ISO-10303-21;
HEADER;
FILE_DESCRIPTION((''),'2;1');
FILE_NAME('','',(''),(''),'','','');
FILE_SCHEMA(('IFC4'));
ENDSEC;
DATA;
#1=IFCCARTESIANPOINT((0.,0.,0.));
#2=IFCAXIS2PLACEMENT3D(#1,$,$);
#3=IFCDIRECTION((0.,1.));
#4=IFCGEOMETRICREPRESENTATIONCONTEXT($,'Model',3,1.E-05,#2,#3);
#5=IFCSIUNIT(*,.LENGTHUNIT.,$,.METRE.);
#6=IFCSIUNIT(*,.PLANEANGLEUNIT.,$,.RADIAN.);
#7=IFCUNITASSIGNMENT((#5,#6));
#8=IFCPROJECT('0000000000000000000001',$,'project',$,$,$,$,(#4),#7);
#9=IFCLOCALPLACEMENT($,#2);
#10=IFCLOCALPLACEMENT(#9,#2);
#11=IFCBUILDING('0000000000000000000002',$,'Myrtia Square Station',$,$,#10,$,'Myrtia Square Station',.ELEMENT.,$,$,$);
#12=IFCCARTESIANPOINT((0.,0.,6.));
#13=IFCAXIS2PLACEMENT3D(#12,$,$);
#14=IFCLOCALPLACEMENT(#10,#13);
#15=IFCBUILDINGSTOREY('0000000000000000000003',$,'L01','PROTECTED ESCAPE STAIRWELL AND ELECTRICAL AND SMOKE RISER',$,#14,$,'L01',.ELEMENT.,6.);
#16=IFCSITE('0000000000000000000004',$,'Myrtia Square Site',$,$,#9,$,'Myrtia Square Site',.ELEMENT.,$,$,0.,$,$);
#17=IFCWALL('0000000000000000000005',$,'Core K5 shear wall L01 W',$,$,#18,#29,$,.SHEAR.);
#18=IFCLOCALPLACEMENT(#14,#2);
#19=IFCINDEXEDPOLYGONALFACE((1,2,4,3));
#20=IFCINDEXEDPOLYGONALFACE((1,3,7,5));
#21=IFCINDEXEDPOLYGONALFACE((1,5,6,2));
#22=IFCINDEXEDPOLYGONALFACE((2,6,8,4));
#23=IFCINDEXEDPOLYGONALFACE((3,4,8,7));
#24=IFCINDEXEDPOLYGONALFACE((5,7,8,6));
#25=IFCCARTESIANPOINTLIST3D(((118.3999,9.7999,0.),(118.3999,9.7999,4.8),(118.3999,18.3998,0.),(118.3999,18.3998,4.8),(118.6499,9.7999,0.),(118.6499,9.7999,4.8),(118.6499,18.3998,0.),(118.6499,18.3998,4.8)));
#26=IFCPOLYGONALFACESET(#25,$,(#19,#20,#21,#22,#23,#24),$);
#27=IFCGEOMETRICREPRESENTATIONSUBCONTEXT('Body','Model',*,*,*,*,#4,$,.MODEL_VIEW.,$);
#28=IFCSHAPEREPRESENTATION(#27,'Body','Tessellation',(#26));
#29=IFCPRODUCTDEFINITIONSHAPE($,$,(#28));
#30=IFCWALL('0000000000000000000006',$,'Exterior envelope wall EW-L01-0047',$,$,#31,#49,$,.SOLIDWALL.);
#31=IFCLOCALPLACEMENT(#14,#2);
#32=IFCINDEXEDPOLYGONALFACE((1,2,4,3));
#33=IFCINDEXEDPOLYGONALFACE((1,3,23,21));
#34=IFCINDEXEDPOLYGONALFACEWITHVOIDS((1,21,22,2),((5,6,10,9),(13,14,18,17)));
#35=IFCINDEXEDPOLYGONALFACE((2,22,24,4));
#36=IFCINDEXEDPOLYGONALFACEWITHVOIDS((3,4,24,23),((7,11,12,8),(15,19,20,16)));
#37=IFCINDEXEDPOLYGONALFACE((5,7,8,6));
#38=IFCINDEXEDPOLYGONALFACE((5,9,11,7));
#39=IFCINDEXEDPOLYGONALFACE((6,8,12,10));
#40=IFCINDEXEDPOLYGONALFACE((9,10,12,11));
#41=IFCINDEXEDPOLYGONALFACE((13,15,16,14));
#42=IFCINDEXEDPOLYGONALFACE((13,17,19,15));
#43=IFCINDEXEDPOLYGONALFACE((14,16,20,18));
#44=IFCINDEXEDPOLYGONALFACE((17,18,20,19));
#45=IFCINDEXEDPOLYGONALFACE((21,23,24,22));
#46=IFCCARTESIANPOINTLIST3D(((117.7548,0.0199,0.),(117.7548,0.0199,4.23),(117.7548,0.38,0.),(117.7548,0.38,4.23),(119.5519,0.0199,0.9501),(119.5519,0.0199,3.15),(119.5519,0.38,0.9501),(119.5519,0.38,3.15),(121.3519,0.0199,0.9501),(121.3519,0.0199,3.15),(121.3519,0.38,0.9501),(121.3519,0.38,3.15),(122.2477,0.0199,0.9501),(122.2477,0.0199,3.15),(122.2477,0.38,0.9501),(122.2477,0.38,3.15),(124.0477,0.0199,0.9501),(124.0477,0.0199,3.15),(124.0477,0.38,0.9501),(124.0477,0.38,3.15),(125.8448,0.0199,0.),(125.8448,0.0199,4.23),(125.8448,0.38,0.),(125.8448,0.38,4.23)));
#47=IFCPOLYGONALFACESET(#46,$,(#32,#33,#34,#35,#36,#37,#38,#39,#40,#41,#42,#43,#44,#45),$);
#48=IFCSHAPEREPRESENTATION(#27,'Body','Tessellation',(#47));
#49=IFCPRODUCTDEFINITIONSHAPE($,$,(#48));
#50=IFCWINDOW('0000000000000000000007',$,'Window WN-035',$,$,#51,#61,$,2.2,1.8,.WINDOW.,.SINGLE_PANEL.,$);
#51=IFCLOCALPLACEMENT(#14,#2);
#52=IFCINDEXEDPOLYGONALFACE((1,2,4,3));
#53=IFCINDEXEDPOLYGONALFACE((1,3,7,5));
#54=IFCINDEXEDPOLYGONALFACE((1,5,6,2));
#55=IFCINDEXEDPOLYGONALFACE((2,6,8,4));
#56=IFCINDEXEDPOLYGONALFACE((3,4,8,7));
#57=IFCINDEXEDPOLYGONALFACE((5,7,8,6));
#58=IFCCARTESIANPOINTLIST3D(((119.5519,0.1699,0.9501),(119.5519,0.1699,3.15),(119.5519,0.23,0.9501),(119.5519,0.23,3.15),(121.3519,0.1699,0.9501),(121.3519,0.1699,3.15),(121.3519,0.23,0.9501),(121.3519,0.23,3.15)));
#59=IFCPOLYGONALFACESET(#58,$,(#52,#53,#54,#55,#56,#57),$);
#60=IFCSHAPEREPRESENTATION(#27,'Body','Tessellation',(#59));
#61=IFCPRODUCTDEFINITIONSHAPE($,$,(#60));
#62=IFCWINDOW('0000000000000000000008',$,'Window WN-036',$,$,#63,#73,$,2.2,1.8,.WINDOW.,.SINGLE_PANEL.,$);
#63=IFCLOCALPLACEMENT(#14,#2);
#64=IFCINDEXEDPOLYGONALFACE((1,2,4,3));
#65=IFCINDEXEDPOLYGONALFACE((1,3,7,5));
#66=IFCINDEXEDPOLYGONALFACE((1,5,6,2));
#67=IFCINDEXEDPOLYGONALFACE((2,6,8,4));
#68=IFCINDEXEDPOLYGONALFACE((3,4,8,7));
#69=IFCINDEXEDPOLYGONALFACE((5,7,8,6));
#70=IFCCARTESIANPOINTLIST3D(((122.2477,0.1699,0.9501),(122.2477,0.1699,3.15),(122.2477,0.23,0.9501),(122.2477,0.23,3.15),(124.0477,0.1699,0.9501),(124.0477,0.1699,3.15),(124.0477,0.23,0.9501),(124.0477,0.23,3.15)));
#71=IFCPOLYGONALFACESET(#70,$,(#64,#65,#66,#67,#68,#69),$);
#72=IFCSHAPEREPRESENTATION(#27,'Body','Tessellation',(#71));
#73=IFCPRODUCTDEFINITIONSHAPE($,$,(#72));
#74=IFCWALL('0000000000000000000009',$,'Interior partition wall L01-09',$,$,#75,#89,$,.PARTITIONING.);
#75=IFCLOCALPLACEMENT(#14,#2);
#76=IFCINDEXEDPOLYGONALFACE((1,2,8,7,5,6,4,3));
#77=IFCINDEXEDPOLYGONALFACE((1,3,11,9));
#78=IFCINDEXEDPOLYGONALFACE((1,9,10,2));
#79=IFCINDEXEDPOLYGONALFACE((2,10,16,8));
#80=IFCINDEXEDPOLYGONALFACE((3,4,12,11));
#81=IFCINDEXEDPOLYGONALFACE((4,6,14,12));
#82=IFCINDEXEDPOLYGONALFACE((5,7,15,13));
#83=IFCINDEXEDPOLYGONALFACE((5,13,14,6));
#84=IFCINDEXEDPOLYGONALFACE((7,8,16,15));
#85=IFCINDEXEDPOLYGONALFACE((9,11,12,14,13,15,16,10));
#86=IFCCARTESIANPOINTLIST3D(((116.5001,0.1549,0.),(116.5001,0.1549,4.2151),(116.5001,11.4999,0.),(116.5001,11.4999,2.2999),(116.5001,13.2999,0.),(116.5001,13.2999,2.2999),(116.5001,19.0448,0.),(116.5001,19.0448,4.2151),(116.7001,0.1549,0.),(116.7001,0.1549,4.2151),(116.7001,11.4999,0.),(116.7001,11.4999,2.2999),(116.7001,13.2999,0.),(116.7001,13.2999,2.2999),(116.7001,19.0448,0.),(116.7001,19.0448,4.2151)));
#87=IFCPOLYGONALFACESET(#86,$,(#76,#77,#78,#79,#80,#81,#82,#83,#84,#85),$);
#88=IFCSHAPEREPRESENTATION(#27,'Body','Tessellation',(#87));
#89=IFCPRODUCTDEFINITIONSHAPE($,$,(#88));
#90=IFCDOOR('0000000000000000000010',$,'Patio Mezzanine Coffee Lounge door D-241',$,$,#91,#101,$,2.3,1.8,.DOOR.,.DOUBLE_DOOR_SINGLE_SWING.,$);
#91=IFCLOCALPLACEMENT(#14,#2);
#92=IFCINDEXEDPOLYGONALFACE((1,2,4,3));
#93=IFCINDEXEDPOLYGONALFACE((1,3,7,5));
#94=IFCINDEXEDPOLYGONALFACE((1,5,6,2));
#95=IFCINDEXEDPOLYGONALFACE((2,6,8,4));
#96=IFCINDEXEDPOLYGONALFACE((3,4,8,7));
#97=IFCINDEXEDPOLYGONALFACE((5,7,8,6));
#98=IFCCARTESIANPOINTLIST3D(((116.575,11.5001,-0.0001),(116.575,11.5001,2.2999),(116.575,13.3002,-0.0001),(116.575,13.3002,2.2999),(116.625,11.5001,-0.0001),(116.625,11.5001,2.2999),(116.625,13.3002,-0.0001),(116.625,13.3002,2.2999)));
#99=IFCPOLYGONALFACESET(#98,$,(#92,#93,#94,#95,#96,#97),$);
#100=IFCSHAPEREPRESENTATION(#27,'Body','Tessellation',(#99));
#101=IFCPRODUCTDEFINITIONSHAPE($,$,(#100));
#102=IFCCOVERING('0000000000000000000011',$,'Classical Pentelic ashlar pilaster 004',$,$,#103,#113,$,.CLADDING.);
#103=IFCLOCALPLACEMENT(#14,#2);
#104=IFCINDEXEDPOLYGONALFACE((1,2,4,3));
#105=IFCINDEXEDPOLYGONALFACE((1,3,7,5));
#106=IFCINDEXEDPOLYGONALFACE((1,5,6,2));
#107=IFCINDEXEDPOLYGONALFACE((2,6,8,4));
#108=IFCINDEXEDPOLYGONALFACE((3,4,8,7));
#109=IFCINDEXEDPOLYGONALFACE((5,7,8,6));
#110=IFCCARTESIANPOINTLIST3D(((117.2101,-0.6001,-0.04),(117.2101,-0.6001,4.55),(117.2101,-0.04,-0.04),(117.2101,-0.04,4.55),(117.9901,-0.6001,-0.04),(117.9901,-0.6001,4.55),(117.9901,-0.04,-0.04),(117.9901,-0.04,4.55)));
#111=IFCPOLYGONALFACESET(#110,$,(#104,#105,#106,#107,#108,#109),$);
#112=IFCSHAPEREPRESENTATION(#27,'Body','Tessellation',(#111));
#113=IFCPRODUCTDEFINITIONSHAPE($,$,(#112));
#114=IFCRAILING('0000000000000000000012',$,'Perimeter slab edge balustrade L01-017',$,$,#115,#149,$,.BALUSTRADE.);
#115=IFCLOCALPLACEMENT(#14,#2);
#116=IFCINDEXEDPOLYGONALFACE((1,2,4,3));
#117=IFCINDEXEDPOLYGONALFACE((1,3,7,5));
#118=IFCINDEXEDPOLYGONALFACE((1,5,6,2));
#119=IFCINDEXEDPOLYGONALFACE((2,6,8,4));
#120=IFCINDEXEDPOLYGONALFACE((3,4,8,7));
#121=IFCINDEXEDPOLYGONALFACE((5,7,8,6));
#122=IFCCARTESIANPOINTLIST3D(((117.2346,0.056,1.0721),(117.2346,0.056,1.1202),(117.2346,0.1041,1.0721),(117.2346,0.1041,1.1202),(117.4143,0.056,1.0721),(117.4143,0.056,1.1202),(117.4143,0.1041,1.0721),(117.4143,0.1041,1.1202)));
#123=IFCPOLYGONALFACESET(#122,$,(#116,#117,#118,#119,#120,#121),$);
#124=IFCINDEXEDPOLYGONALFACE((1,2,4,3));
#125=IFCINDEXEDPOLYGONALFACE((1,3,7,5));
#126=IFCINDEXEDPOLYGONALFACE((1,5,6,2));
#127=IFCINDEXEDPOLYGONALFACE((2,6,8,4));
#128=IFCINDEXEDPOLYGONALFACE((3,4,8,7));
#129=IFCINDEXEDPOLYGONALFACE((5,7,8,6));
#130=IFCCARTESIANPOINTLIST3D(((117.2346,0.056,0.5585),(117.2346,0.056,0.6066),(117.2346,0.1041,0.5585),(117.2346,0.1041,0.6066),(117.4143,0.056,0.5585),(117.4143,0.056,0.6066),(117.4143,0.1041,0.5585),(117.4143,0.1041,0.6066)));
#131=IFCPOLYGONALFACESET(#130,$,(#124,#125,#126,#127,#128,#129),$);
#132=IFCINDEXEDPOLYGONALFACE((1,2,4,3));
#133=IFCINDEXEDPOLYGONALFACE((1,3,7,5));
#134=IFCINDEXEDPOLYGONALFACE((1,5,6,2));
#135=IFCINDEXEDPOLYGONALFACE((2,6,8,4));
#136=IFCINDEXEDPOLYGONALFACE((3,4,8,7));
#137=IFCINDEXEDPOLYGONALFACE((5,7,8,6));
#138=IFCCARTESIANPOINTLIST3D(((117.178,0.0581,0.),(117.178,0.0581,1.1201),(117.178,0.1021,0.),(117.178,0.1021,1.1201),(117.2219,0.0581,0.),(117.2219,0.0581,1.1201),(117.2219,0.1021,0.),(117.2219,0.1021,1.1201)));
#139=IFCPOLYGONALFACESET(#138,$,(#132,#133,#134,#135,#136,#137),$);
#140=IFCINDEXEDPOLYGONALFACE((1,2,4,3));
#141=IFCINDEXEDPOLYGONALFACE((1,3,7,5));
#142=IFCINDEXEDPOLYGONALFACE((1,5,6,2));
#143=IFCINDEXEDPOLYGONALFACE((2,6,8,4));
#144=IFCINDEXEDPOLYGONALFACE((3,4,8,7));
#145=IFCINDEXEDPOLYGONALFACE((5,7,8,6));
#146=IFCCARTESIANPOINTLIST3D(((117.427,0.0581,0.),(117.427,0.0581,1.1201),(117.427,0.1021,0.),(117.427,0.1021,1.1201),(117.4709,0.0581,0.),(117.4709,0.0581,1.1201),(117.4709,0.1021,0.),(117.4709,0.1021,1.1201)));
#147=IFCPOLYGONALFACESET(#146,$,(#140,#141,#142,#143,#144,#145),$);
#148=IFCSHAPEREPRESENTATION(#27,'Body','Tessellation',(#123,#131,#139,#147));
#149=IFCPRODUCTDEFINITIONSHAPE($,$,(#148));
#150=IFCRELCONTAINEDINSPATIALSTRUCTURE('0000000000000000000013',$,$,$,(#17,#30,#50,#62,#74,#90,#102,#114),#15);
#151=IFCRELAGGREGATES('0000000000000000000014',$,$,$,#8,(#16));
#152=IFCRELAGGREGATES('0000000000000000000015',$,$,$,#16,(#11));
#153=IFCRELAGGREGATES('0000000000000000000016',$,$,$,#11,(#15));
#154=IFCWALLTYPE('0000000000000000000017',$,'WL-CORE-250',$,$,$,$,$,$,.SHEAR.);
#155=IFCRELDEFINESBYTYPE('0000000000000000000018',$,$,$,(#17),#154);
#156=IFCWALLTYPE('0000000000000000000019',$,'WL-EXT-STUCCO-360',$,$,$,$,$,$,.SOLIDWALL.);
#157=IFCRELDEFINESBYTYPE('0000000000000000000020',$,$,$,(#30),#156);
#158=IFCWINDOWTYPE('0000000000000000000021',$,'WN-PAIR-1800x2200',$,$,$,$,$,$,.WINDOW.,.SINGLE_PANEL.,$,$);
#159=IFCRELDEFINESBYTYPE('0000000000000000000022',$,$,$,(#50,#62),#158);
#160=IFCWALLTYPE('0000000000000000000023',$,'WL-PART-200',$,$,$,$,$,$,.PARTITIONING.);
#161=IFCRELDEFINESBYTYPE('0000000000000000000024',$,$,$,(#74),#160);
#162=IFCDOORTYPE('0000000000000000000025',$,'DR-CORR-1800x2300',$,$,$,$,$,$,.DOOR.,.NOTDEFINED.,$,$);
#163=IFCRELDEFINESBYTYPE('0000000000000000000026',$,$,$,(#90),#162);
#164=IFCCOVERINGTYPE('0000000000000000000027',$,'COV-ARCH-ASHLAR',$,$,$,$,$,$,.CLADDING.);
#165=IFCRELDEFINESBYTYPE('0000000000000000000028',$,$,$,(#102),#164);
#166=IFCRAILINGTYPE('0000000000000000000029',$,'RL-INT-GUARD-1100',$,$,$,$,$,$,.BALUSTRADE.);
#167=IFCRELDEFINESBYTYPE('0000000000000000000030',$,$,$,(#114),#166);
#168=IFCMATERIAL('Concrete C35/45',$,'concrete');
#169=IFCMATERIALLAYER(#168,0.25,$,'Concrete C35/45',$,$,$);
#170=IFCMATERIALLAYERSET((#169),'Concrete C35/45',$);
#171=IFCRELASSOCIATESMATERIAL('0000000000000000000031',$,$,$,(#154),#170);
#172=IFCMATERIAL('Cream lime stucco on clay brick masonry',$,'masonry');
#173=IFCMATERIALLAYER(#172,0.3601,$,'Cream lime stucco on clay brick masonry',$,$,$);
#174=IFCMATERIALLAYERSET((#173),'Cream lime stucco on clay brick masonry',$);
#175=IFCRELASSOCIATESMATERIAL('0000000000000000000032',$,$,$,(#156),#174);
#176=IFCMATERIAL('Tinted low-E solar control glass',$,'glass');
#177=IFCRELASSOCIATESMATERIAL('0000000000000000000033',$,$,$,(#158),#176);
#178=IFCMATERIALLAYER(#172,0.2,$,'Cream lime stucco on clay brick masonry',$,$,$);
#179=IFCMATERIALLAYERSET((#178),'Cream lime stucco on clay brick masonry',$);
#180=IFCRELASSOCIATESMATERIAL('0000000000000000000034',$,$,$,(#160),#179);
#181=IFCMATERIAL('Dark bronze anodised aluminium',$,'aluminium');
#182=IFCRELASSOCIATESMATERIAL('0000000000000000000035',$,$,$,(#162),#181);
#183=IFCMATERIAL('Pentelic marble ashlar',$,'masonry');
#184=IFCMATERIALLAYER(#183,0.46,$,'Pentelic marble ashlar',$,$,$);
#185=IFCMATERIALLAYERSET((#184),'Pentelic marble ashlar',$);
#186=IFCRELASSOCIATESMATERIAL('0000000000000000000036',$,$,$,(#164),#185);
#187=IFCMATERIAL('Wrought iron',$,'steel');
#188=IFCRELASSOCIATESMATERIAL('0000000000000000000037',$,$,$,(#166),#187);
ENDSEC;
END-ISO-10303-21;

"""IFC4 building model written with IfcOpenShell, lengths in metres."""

from ifc_helpers import new_model, si_unit, direction, frame, frame_2d, origin, origin_2d, place, context, subcontext, project, spatial, rectangle, extrude, material, layer, layer_set, type_object, element, fill, save


model = new_model("IFC4")

# Units and contexts
model_context = context("Model", 3, precision=1e-05, world=origin(), true_north=direction((0.0, 1.0)))
body_context = subcontext(model_context, "Body", "Model", "MODEL_VIEW")
ifc_project = project(units=[si_unit("LENGTHUNIT", "METRE"), si_unit("PLANEANGLEUNIT", "RADIAN")], contexts=[model_context])

# Site, building, storey
site_placement = place(None, origin())
site = spatial("IfcSite", under=ifc_project, at=site_placement, Name="Myrtia Square Site", LongName="Myrtia Square Site", CompositionType="ELEMENT", RefElevation=0.0)
building_placement = place(site_placement, origin())
building = spatial("IfcBuilding", under=site, at=building_placement, Name="Myrtia Square Station", LongName="Myrtia Square Station", CompositionType="ELEMENT")
storey_placement = place(building_placement, frame((0.0, 0.0, 6.0)))
storey = spatial("IfcBuildingStorey", under=building, at=storey_placement, Name="L01", Description="PROTECTED ESCAPE STAIRWELL AND ELECTRICAL AND SMOKE RISER", LongName="L01", CompositionType="ELEMENT", Elevation=6.0)

# Shared definitions
ifc_material_1 = material(Name="Concrete C35/45", Category="concrete")

# Wall
ifc_layer_1 = layer(ifc_material_1, 0.25, Name="Concrete C35/45")
ifc_layer_set_1 = layer_set([ifc_layer_1], Name="Concrete C35/45")
wall_type_1 = type_object("IfcWallType", Name="WL-CORE-250", PredefinedType="SHEAR", material=ifc_layer_set_1)
wall_1_placement = place(storey_placement, frame((118.5249, 9.8, 0.0), z_axis=(0.0, 0.0, 1.0), x_axis=(0.0, 1.0, 0.0)))
element("IfcWall", 1, at=wall_1_placement, inside=storey, type_object=wall_type_1, Name="Core K5 shear wall L01 W", PredefinedType="SHEAR", context=body_context, shape_type="SweptSolid", body=[
    extrude(rectangle(XDim=8.5999, YDim=0.25, at=frame_2d((4.2998, 0.0))), origin(), (0.0, 0.0, 1.0), 4.8),
])

# Wall, openings, windows
ifc_material_2 = material(Name="Cream lime stucco on clay brick masonry", Category="masonry")
ifc_layer_2 = layer(ifc_material_2, 0.3601, Name="Cream lime stucco on clay brick masonry")
ifc_layer_set_2 = layer_set([ifc_layer_2], Name="Cream lime stucco on clay brick masonry")
wall_type_2 = type_object("IfcWallType", Name="WL-EXT-STUCCO-360", PredefinedType="SOLIDWALL", material=ifc_layer_set_2)
wall_2_placement = place(storey_placement, frame((117.7549, 0.2, 0.0), z_axis=(0.0, 0.0, 1.0), x_axis=(1.0, 0.0, 0.0)))
wall_2 = element("IfcWall", 2, at=wall_2_placement, inside=storey, type_object=wall_type_2, Name="Exterior envelope wall EW-L01-0047", PredefinedType="SOLIDWALL", context=body_context, shape_type="SweptSolid", body=[
    extrude(rectangle(XDim=8.0901, YDim=0.3601, at=frame_2d((4.0449, 0.0))), origin(), (0.0, 0.0, 1.0), 4.23),
])
opening_1_placement = place(wall_2_placement, frame((1.7971, 0.0, 0.95)))
opening_1 = element("IfcOpeningElement", 3, at=opening_1_placement, cuts=wall_2, PredefinedType="OPENING", context=body_context, shape_type="SweptSolid", body=[
    extrude(rectangle(XDim=1.8, YDim=2.2, at=frame_2d((0.8999, 1.1001))), frame((0.0, 0.1951, 0.0), z_axis=(0.0, -1.0, 0.0), x_axis=(1.0, 0.0, 0.0)), (0.0, 0.0, 1.0), 0.3901),
])
opening_2_placement = place(wall_2_placement, frame((4.4929, 0.0, 0.95)))
opening_2 = element("IfcOpeningElement", 4, at=opening_2_placement, cuts=wall_2, PredefinedType="OPENING", context=body_context, shape_type="SweptSolid", body=[
    extrude(rectangle(XDim=1.8, YDim=2.2, at=frame_2d((0.8999, 1.1001))), frame((0.0, 0.1951, 0.0), z_axis=(0.0, -1.0, 0.0), x_axis=(1.0, 0.0, 0.0)), (0.0, 0.0, 1.0), 0.3901),
])
ifc_material_3 = material(Name="Tinted low-E solar control glass", Category="glass")
window_type = type_object("IfcWindowType", Name="WN-PAIR-1800x2200", PartitioningType="SINGLE_PANEL", PredefinedType="WINDOW", material=ifc_material_3)
window_1_placement = place(opening_1_placement, origin())
window_1 = element("IfcWindow", 5, at=window_1_placement, inside=storey, type_object=window_type, Name="Window WN-035", OverallHeight=2.2, OverallWidth=1.8, PartitioningType="SINGLE_PANEL", PredefinedType="WINDOW", context=body_context, shape_type="SweptSolid", body=[
    extrude(rectangle(XDim=1.8, YDim=2.2, at=frame_2d((0.8999, 1.1001))), frame((0.0, 0.03, 0.0), z_axis=(0.0, -1.0, 0.0), x_axis=(1.0, 0.0, 0.0)), (0.0, 0.0, 1.0), 0.0601),
])
fill(opening_1, window_1)
window_2_placement = place(opening_2_placement, origin())
window_2 = element("IfcWindow", 6, at=window_2_placement, inside=storey, type_object=window_type, Name="Window WN-036", OverallHeight=2.2, OverallWidth=1.8, PartitioningType="SINGLE_PANEL", PredefinedType="WINDOW", context=body_context, shape_type="SweptSolid", body=[
    extrude(rectangle(XDim=1.8, YDim=2.2, at=frame_2d((0.8999, 1.1001))), frame((0.0, 0.03, 0.0), z_axis=(0.0, -1.0, 0.0), x_axis=(1.0, 0.0, 0.0)), (0.0, 0.0, 1.0), 0.0601),
])
fill(opening_2, window_2)

# Wall, opening, door
ifc_layer_3 = layer(ifc_material_2, 0.2, Name="Cream lime stucco on clay brick masonry")
ifc_layer_set_3 = layer_set([ifc_layer_3], Name="Cream lime stucco on clay brick masonry")
wall_type_3 = type_object("IfcWallType", Name="WL-PART-200", PredefinedType="PARTITIONING", material=ifc_layer_set_3)
wall_3_placement = place(storey_placement, frame((116.6001, 0.155, 0.0), z_axis=(0.0, 0.0, 1.0), x_axis=(0.0, 1.0, 0.0)))
wall_3 = element("IfcWall", 7, at=wall_3_placement, inside=storey, type_object=wall_type_3, Name="Interior partition wall L01-09", PredefinedType="PARTITIONING", context=body_context, shape_type="SweptSolid", body=[
    extrude(rectangle(XDim=18.8899, YDim=0.2, at=frame_2d((9.4448, 0.0))), origin(), (0.0, 0.0, 1.0), 4.2151),
])
opening_3_placement = place(wall_3_placement, frame((11.345, 0.0, 0.0)))
opening_3 = element("IfcOpeningElement", 8, at=opening_3_placement, cuts=wall_3, PredefinedType="OPENING", context=body_context, shape_type="SweptSolid", body=[
    extrude(rectangle(XDim=1.8, YDim=2.3, at=frame_2d((0.8999, 1.1499))), frame((0.0, 0.115, 0.0), z_axis=(0.0, -1.0, 0.0), x_axis=(1.0, 0.0, 0.0)), (0.0, 0.0, 1.0), 0.23),
])
ifc_material_4 = material(Name="Dark bronze anodised aluminium", Category="aluminium")
door_type = type_object("IfcDoorType", Name="DR-CORR-1800x2300", OperationType="NOTDEFINED", PredefinedType="DOOR", material=ifc_material_4)
door_placement = place(opening_3_placement, frame((1.8, 0.0, 0.0), z_axis=(0.0, 0.0, 1.0), x_axis=(-1.0, 0.0, 0.0)))
door = element("IfcDoor", 9, at=door_placement, inside=storey, type_object=door_type, Name="Patio Mezzanine Coffee Lounge door D-241", OperationType="DOUBLE_DOOR_SINGLE_SWING", OverallHeight=2.3, OverallWidth=1.8, PredefinedType="DOOR", context=body_context, shape_type="SweptSolid", body=[
    extrude(rectangle(XDim=1.8, YDim=2.3, at=frame_2d((0.8999, 1.1499))), frame((0.0, 0.0249, 0.0), z_axis=(0.0, -1.0, 0.0), x_axis=(1.0, 0.0, 0.0)), (0.0, 0.0, 1.0), 0.05),
])
fill(opening_3, door)

# Covering
ifc_material_5 = material(Name="Pentelic marble ashlar", Category="masonry")
ifc_layer_4 = layer(ifc_material_5, 0.46, Name="Pentelic marble ashlar")
ifc_layer_set_4 = layer_set([ifc_layer_4], Name="Pentelic marble ashlar")
covering_type = type_object("IfcCoveringType", Name="COV-ARCH-ASHLAR", PredefinedType="CLADDING", material=ifc_layer_set_4)
covering_placement = place(storey_placement, frame((117.6001, -0.3201, -0.04), z_axis=(0.0, 0.0, 1.0), x_axis=(1.0, 0.0, 0.0)))
element("IfcCovering", 10, at=covering_placement, inside=storey, type_object=covering_type, Name="Classical Pentelic ashlar pilaster 004", PredefinedType="CLADDING", context=body_context, shape_type="SweptSolid", body=[
    extrude(rectangle(XDim=0.78, YDim=0.5601, at=origin_2d()), origin(), (0.0, 0.0, 1.0), 4.5901),
])

# Railing
ifc_material_6 = material(Name="Wrought iron", Category="steel")
railing_type = type_object("IfcRailingType", Name="RL-INT-GUARD-1100", PredefinedType="BALUSTRADE", material=ifc_material_6)
railing_placement = place(storey_placement, frame((117.2, 0.0801, 0.0)))
element("IfcRailing", 11, at=railing_placement, inside=storey, type_object=railing_type, Name="Perimeter slab edge balustrade L01-017", PredefinedType="BALUSTRADE", context=body_context, shape_type="SweptSolid", body=[
    extrude(rectangle(XDim=0.0481, YDim=0.0481, at=origin_2d()), frame((0.0347, 0.0, 1.0962), z_axis=(1.0, 0.0, 0.0), x_axis=(0.0, 1.0, 0.0)), (0.0, 0.0, 1.0), 0.1797),
    extrude(rectangle(XDim=0.0481, YDim=0.0481, at=origin_2d()), frame((0.0347, 0.0, 0.5825), z_axis=(1.0, 0.0, 0.0), x_axis=(0.0, 1.0, 0.0)), (0.0, 0.0, 1.0), 0.1797),
    extrude(rectangle(XDim=0.0439, YDim=0.0439, at=origin_2d()), origin(), (0.0, 0.0, 1.0), 1.1201),
    extrude(rectangle(XDim=0.0439, YDim=0.0439, at=origin_2d()), frame((0.249, 0.0, 0.0)), (0.0, 0.0, 1.0), 1.1201),
])

save(model, "model.ifc")
